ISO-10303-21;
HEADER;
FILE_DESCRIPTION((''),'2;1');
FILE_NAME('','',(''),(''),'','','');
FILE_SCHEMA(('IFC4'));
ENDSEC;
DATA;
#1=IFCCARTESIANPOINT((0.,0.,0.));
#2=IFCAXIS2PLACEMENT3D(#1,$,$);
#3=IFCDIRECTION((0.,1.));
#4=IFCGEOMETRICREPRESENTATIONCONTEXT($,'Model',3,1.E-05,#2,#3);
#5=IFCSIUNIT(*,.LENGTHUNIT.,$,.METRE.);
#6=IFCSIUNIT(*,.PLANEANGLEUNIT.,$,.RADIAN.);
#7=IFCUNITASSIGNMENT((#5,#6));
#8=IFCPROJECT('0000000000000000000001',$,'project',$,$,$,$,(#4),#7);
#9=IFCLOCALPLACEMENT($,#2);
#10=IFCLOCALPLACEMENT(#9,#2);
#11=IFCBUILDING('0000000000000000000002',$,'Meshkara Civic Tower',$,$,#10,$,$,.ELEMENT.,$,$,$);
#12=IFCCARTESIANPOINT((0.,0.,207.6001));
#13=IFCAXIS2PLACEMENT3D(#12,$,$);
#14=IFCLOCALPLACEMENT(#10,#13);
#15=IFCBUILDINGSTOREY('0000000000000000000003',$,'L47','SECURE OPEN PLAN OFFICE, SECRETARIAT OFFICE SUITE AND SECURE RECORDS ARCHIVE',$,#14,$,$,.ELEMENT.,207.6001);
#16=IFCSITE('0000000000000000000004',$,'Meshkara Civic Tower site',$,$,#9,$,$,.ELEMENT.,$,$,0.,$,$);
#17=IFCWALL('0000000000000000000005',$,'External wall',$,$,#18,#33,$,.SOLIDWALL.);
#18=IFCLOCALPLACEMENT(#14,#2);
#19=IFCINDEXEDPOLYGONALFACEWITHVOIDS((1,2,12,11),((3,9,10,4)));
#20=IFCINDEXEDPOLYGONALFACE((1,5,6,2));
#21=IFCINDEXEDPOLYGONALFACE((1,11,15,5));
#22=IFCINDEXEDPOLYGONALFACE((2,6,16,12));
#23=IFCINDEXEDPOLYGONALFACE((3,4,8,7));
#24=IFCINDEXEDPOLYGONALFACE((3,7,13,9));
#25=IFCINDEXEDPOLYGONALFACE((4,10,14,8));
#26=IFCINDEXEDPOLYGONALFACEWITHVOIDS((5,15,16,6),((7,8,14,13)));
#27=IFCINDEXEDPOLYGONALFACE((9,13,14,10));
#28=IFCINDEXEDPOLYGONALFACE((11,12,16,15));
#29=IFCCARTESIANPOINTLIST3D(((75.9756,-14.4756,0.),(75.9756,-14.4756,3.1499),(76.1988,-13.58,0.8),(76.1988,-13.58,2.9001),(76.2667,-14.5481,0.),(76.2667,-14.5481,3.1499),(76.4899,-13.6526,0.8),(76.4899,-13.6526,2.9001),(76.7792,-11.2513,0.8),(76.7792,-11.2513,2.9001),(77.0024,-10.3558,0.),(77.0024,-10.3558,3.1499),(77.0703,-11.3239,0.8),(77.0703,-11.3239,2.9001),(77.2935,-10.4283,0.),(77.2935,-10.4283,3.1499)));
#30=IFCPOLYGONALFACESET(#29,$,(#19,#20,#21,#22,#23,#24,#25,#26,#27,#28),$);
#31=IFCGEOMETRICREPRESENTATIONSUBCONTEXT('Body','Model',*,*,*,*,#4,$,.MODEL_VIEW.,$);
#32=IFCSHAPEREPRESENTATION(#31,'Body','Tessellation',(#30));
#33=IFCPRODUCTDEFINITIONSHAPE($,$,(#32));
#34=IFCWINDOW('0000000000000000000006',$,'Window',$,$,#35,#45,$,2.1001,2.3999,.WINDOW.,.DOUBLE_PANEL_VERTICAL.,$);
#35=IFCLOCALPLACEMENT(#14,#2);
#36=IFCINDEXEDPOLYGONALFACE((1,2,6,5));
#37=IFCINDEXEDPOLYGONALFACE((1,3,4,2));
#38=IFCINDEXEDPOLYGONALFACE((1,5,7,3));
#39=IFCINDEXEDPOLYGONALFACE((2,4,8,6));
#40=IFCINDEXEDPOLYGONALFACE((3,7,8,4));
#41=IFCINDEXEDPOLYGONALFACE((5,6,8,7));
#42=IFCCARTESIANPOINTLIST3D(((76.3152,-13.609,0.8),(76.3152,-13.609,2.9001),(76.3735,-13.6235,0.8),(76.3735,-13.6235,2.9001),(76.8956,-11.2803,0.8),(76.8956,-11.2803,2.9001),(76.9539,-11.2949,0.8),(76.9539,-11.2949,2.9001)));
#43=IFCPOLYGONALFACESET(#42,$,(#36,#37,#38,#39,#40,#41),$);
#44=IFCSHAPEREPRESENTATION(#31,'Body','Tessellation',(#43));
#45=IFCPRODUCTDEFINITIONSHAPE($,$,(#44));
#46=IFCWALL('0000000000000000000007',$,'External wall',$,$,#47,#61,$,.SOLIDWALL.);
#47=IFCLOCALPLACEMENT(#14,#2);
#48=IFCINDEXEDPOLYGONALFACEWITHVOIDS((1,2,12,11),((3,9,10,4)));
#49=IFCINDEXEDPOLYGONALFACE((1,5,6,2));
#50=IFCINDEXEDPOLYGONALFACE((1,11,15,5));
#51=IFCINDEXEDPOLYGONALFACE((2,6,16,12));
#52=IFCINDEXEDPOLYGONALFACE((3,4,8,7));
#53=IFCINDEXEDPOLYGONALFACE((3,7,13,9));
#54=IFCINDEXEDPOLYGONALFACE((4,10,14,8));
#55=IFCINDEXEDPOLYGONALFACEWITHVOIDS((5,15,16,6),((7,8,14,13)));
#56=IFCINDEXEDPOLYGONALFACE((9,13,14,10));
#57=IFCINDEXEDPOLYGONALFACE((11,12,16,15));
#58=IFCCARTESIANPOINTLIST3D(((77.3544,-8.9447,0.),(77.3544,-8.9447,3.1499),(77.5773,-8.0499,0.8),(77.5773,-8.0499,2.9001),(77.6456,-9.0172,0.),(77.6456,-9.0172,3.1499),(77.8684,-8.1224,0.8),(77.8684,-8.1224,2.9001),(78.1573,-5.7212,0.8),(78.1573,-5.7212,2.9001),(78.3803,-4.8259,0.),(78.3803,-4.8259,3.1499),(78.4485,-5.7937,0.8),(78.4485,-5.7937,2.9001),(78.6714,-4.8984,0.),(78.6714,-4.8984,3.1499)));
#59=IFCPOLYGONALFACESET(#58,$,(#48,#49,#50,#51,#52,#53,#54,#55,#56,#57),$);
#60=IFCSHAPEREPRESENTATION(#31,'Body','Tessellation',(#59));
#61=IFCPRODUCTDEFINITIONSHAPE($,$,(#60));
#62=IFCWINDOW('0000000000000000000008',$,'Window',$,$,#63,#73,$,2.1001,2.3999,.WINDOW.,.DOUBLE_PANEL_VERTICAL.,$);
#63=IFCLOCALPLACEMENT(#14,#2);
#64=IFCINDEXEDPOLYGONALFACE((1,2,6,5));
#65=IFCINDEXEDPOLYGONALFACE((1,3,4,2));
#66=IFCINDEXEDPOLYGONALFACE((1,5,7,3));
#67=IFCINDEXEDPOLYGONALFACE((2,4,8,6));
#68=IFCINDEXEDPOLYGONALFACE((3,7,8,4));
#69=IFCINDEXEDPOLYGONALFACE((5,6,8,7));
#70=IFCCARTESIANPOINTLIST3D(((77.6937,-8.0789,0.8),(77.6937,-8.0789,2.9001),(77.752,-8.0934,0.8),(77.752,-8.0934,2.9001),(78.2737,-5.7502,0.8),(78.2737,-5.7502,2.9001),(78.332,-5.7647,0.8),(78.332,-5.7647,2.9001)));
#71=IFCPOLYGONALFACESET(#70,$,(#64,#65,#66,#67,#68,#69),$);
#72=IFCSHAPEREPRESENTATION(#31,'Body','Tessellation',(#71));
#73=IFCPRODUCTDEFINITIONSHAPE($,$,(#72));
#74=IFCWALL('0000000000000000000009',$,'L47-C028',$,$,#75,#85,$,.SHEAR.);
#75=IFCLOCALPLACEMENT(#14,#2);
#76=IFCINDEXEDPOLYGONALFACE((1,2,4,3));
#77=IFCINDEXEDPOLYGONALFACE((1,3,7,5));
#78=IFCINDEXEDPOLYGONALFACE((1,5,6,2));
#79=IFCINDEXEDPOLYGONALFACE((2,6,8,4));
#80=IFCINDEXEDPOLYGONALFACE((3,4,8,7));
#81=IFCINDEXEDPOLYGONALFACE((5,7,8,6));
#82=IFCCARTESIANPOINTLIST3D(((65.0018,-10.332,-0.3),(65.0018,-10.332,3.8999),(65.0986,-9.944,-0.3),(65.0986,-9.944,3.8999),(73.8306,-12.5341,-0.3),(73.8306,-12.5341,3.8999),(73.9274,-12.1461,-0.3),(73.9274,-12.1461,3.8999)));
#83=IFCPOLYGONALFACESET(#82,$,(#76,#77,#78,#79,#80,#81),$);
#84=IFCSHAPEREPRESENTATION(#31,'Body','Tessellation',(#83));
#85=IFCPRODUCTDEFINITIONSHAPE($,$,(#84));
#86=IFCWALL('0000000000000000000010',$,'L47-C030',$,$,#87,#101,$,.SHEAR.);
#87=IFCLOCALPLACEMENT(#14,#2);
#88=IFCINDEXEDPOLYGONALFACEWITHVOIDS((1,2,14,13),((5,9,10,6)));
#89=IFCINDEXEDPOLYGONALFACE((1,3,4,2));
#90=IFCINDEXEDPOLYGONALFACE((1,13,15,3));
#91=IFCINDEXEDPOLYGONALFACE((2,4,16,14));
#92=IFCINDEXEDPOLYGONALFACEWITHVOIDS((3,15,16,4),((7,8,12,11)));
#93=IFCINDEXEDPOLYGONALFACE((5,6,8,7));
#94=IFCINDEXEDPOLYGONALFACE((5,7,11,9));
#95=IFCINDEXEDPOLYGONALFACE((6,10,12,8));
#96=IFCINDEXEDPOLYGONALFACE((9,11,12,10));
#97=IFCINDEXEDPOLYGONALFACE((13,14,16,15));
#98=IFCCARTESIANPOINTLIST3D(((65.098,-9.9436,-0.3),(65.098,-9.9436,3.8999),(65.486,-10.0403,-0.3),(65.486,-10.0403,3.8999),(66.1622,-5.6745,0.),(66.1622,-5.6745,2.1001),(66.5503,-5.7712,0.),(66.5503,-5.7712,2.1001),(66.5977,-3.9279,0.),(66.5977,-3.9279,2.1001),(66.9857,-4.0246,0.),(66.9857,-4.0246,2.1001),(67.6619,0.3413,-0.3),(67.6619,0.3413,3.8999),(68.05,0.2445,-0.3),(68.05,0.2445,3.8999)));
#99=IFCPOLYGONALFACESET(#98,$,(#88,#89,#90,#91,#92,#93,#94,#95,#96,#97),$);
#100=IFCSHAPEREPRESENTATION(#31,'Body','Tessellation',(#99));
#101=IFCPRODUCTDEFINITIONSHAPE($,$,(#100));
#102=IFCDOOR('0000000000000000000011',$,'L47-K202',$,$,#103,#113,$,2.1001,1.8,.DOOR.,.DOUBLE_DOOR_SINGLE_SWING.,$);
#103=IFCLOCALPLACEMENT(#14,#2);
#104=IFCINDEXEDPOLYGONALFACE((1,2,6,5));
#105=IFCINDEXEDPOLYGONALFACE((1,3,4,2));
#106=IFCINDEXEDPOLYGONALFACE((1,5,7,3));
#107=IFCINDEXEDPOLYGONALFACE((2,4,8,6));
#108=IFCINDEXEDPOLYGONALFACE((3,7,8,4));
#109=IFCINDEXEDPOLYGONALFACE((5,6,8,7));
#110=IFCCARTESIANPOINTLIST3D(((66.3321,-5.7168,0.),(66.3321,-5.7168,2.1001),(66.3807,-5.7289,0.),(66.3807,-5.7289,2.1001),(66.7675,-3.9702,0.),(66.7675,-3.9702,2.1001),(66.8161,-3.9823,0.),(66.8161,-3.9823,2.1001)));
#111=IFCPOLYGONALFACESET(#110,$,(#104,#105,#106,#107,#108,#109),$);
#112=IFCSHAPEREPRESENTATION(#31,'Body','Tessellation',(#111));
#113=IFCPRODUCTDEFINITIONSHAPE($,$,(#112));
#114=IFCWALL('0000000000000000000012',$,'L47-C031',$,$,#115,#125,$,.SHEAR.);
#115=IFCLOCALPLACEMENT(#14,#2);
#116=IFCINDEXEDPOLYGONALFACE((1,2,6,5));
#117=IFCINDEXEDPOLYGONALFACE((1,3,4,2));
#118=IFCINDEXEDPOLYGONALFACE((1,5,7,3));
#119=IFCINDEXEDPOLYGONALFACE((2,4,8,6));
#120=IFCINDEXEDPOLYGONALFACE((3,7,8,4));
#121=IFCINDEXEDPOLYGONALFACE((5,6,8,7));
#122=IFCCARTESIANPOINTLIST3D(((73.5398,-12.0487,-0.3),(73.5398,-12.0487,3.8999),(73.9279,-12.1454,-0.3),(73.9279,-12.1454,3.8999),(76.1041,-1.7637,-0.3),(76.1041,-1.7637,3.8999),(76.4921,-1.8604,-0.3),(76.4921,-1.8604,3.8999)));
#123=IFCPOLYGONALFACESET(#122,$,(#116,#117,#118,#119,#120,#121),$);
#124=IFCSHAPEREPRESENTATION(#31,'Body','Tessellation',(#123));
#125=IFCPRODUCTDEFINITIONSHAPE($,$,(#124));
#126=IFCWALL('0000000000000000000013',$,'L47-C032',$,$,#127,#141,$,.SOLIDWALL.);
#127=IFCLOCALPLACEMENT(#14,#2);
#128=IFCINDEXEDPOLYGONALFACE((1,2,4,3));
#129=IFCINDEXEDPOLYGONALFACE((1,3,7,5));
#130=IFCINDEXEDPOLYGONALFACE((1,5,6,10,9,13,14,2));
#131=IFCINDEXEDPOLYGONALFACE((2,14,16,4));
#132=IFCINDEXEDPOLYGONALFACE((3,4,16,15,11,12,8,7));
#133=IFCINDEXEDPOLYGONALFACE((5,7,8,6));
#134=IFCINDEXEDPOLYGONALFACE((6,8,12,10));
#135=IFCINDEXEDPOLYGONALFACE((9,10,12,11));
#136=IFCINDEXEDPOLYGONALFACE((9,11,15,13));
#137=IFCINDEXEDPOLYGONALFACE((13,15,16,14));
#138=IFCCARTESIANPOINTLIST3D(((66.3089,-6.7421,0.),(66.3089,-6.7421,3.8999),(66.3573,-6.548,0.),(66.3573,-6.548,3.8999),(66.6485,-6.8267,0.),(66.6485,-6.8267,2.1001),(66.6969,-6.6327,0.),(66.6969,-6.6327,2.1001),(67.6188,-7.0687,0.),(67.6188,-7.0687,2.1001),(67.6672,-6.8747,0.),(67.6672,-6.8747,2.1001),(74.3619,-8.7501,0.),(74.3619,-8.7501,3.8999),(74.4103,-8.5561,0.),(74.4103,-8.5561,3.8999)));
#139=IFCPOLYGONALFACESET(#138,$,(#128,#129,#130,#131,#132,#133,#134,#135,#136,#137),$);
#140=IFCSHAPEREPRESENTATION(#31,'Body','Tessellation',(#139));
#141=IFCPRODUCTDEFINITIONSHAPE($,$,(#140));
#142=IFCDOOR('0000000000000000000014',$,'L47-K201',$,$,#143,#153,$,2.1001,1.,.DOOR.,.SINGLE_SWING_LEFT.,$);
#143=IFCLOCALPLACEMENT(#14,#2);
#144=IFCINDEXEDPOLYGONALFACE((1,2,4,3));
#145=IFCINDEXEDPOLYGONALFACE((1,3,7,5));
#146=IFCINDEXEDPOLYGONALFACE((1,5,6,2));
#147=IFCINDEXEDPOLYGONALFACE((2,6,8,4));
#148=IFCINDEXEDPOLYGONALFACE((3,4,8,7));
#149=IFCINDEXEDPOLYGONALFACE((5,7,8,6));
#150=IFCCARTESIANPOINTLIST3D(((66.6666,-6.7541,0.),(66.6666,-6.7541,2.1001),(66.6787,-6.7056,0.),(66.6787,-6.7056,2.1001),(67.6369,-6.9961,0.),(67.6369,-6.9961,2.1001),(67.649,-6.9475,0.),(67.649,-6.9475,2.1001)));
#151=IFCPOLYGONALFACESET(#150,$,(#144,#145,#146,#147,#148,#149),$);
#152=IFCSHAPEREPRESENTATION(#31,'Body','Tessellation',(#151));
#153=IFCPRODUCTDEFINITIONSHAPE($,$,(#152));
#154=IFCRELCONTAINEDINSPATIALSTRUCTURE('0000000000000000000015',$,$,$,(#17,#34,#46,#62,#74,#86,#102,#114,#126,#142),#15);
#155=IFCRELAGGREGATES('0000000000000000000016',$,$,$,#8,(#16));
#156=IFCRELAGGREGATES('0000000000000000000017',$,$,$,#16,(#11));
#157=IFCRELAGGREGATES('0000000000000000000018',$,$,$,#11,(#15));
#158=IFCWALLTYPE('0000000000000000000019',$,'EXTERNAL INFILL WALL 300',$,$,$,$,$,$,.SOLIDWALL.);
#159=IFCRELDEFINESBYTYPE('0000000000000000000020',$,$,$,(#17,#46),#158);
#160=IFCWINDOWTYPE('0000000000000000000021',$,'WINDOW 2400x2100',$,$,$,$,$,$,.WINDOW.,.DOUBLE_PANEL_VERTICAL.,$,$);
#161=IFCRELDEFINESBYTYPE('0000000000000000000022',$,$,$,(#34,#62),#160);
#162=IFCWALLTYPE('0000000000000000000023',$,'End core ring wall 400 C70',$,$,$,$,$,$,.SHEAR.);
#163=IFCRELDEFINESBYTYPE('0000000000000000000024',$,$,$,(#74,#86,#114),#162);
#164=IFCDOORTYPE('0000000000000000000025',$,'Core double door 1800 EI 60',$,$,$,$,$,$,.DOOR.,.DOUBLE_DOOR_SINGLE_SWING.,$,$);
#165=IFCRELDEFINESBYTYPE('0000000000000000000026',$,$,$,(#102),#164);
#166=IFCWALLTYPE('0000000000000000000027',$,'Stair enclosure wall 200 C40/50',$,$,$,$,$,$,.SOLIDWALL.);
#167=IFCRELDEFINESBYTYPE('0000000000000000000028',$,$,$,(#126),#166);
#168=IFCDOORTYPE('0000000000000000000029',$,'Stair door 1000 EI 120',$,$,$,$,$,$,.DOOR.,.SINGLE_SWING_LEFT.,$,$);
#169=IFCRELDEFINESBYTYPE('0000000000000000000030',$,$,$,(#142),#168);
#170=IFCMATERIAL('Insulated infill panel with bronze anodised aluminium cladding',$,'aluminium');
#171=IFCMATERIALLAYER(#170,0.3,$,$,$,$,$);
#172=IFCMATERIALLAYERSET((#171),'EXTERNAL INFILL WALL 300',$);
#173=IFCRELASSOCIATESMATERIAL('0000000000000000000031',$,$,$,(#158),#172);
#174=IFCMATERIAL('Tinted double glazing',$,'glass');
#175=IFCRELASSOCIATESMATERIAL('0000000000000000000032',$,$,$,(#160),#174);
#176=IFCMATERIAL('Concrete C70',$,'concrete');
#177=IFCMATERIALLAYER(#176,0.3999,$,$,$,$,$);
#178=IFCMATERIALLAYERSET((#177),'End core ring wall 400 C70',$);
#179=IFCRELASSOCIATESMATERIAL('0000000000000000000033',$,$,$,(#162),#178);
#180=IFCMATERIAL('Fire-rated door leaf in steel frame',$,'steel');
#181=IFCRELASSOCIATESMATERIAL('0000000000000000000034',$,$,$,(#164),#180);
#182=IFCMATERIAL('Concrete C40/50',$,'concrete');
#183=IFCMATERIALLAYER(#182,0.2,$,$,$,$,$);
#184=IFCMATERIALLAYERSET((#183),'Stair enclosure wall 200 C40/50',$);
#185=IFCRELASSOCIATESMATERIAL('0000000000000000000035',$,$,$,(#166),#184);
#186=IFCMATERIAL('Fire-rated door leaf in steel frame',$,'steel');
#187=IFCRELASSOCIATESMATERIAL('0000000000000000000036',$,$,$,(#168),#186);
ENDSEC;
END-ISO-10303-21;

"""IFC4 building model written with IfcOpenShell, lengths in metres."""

from ifc_helpers import new_model, si_unit, direction, frame, frame_2d, origin, place, context, subcontext, project, spatial, rectangle, extrude, material, layer, layer_set, type_object, element, fill, save


model = new_model("IFC4")

# Units and contexts
model_context = context("Model", 3, precision=1e-05, world=origin(), true_north=direction((0.0, 1.0)))
body_context = subcontext(model_context, "Body", "Model", "MODEL_VIEW")
ifc_project = project(units=[si_unit("LENGTHUNIT", "METRE"), si_unit("PLANEANGLEUNIT", "RADIAN")], contexts=[model_context])

# Site, building, storey
site_placement = place(None, origin())
site = spatial("IfcSite", under=ifc_project, at=site_placement, Name="Meshkara Civic Tower site", CompositionType="ELEMENT", RefElevation=0.0)
building_placement = place(site_placement, origin())
building = spatial("IfcBuilding", under=site, at=building_placement, Name="Meshkara Civic Tower", CompositionType="ELEMENT")
storey_placement = place(building_placement, frame((0.0, 0.0, 207.6001)))
storey = spatial("IfcBuildingStorey", under=building, at=storey_placement, Name="L47", Description="SECURE OPEN PLAN OFFICE, SECRETARIAT OFFICE SUITE AND SECURE RECORDS ARCHIVE", CompositionType="ELEMENT", Elevation=207.6001)

# Walls, openings, windows
ifc_material_1 = material(Name="Insulated infill panel with bronze anodised aluminium cladding", Category="aluminium")
ifc_layer_1 = layer(ifc_material_1, 0.3)
ifc_layer_set_1 = layer_set([ifc_layer_1], Name="EXTERNAL INFILL WALL 300")
wall_type_1 = type_object("IfcWallType", Name="EXTERNAL INFILL WALL 300", PredefinedType="SOLIDWALL", material=ifc_layer_set_1)
ifc_material_2 = material(Name="Tinted double glazing", Category="glass")
window_type_1 = type_object("IfcWindowType", Name="WINDOW 2400x2100", PartitioningType="DOUBLE_PANEL_VERTICAL", PredefinedType="WINDOW", material=ifc_material_2)
wall_1_placement = place(storey_placement, frame((76.1211, -14.512, 0.0), z_axis=(0.0, 0.0, 1.0), x_axis=(0.241846, 0.970315, 0.0)))
wall_1 = element("IfcWall", 1, at=wall_1_placement, inside=storey, type_object=wall_type_1, Name="External wall", PredefinedType="SOLIDWALL", context=body_context, shape_type="SweptSolid", body=[
    extrude(rectangle(XDim=4.2458, YDim=0.3, at=frame_2d((2.123, 0.0))), origin(), (0.0, 0.0, 1.0), 3.1499),
])
opening_1_placement = place(wall_1_placement, frame((0.9231, 0.0, 0.8)))
opening_1 = element("IfcOpeningElement", 2, at=opening_1_placement, cuts=wall_1, PredefinedType="OPENING", context=body_context, shape_type="SweptSolid", body=[
    extrude(rectangle(XDim=2.3999, YDim=2.1001, at=frame_2d((1.2, 1.05))), frame((0.0, 0.1599, 0.0), z_axis=(0.0, -1.0, 0.0), x_axis=(1.0, 0.0, 0.0)), (0.0, 0.0, 1.0), 0.3201),
])
window_1_placement = place(opening_1_placement, origin())
window_1 = element("IfcWindow", 3, at=window_1_placement, inside=storey, type_object=window_type_1, Name="Window", OverallHeight=2.1001, OverallWidth=2.3999, PartitioningType="DOUBLE_PANEL_VERTICAL", PredefinedType="WINDOW", context=body_context, shape_type="SweptSolid", body=[
    extrude(rectangle(XDim=2.3999, YDim=2.1001, at=frame_2d((1.2, 1.05))), frame((0.0, 0.03, 0.0), z_axis=(0.0, -1.0, 0.0), x_axis=(1.0, 0.0, 0.0)), (0.0, 0.0, 1.0), 0.0601),
])
fill(opening_1, window_1)
wall_2_placement = place(storey_placement, frame((77.5, -8.981, 0.0), z_axis=(0.0, 0.0, 1.0), x_axis=(0.241683, 0.970355, 0.0)))
wall_2 = element("IfcWall", 4, at=wall_2_placement, inside=storey, type_object=wall_type_1, Name="External wall", PredefinedType="SOLIDWALL", context=body_context, shape_type="SweptSolid", body=[
    extrude(rectangle(XDim=4.2446, YDim=0.3, at=frame_2d((2.1223, 0.0))), origin(), (0.0, 0.0, 1.0), 3.1499),
])
opening_2_placement = place(wall_2_placement, frame((0.9221, 0.0, 0.8)))
opening_2 = element("IfcOpeningElement", 5, at=opening_2_placement, cuts=wall_2, PredefinedType="OPENING", context=body_context, shape_type="SweptSolid", body=[
    extrude(rectangle(XDim=2.3999, YDim=2.1001, at=frame_2d((1.2, 1.05))), frame((0.0, 0.1599, 0.0), z_axis=(0.0, -1.0, 0.0), x_axis=(1.0, 0.0, 0.0)), (0.0, 0.0, 1.0), 0.3201),
])
window_2_placement = place(opening_2_placement, origin())
window_2 = element("IfcWindow", 6, at=window_2_placement, inside=storey, type_object=window_type_1, Name="Window", OverallHeight=2.1001, OverallWidth=2.3999, PartitioningType="DOUBLE_PANEL_VERTICAL", PredefinedType="WINDOW", context=body_context, shape_type="SweptSolid", body=[
    extrude(rectangle(XDim=2.3999, YDim=2.1001, at=frame_2d((1.2, 1.05))), frame((0.0, 0.03, 0.0), z_axis=(0.0, -1.0, 0.0), x_axis=(1.0, 0.0, 0.0)), (0.0, 0.0, 1.0), 0.0601),
])
fill(opening_2, window_2)

# Wall
ifc_material_3 = material(Name="Concrete C70", Category="concrete")
ifc_layer_2 = layer(ifc_material_3, 0.3999)
ifc_layer_set_2 = layer_set([ifc_layer_2], Name="End core ring wall 400 C70")
wall_type_2 = type_object("IfcWallType", Name="End core ring wall 400 C70", PredefinedType="SHEAR", material=ifc_layer_set_2)
wall_3_placement = place(storey_placement, frame((65.05, -10.1379, -0.3), z_axis=(0.0, 0.0, 1.0), x_axis=(0.970273, -0.242012, 0.0)))
element("IfcWall", 7, at=wall_3_placement, inside=storey, type_object=wall_type_2, Name="L47-C028", PredefinedType="SHEAR", context=body_context, shape_type="SweptSolid", body=[
    extrude(rectangle(XDim=9.0994, YDim=0.3999, at=frame_2d((4.5498, 0.0))), origin(), (0.0, 0.0, 1.0), 4.2),
])

# Wall, opening, door
wall_4_placement = place(storey_placement, frame((65.292, -9.9919, -0.3), z_axis=(0.0, 0.0, 1.0), x_axis=(0.241891, 0.970304, 0.0)))
wall_4 = element("IfcWall", 8, at=wall_4_placement, inside=storey, type_object=wall_type_2, Name="L47-C030", PredefinedType="SHEAR", context=body_context, shape_type="SweptSolid", body=[
    extrude(rectangle(XDim=10.5996, YDim=0.3999, at=frame_2d((5.2998, 0.0))), origin(), (0.0, 0.0, 1.0), 4.2),
])
opening_3_placement = place(wall_4_placement, frame((4.3999, 0.0, 0.3)))
opening_3 = element("IfcOpeningElement", 9, at=opening_3_placement, cuts=wall_4, PredefinedType="OPENING", context=body_context, shape_type="SweptSolid", body=[
    extrude(rectangle(XDim=1.8, YDim=2.1001, at=frame_2d((0.8999, 1.05))), frame((0.0, 0.21, 0.0), z_axis=(0.0, -1.0, 0.0), x_axis=(1.0, 0.0, 0.0)), (0.0, 0.0, 1.0), 0.4199),
])
ifc_material_4 = material(Name="Fire-rated door leaf in steel frame", Category="steel")
door_type_1 = type_object("IfcDoorType", Name="Core double door 1800 EI 60", OperationType="DOUBLE_DOOR_SINGLE_SWING", PredefinedType="DOOR", material=ifc_material_4)
door_1_placement = place(opening_3_placement, origin())
door_1 = element("IfcDoor", 10, at=door_1_placement, inside=storey, type_object=door_type_1, Name="L47-K202", OperationType="DOUBLE_DOOR_SINGLE_SWING", OverallHeight=2.1001, OverallWidth=1.8, PredefinedType="DOOR", context=body_context, shape_type="SweptSolid", body=[
    extrude(rectangle(XDim=1.8, YDim=2.1001, at=frame_2d((0.8999, 1.05))), frame((0.0, 0.0249, 0.0), z_axis=(0.0, -1.0, 0.0), x_axis=(1.0, 0.0, 0.0)), (0.0, 0.0, 1.0), 0.05),
])
fill(opening_3, door_1)

# Wall
wall_5_placement = place(storey_placement, frame((73.7339, -12.0969, -0.3), z_axis=(0.0, 0.0, 1.0), x_axis=(0.241912, 0.970298, 0.0)))
element("IfcWall", 11, at=wall_5_placement, inside=storey, type_object=wall_type_2, Name="L47-C031", PredefinedType="SHEAR", context=body_context, shape_type="SweptSolid", body=[
    extrude(rectangle(XDim=10.5999, YDim=0.3999, at=frame_2d((5.2998, 0.0))), origin(), (0.0, 0.0, 1.0), 4.2),
])

# Wall, opening, door
ifc_material_5 = material(Name="Concrete C40/50", Category="concrete")
ifc_layer_3 = layer(ifc_material_5, 0.2)
ifc_layer_set_3 = layer_set([ifc_layer_3], Name="Stair enclosure wall 200 C40/50")
wall_type_3 = type_object("IfcWallType", Name="Stair enclosure wall 200 C40/50", PredefinedType="SOLIDWALL", material=ifc_layer_set_3)
wall_6_placement = place(storey_placement, frame((66.333, -6.645, 0.0), z_axis=(0.0, 0.0, 1.0), x_axis=(0.970289, -0.241947, 0.0)))
wall_6 = element("IfcWall", 12, at=wall_6_placement, inside=storey, type_object=wall_type_3, Name="L47-C032", PredefinedType="SOLIDWALL", context=body_context, shape_type="SweptSolid", body=[
    extrude(rectangle(XDim=8.2996, YDim=0.2, at=frame_2d((4.1499, 0.0))), origin(), (0.0, 0.0, 1.0), 3.8999),
])
opening_4_placement = place(wall_6_placement, frame((0.3501, 0.0, 0.0)))
opening_4 = element("IfcOpeningElement", 13, at=opening_4_placement, cuts=wall_6, PredefinedType="OPENING", context=body_context, shape_type="SweptSolid", body=[
    extrude(rectangle(XDim=1.0, YDim=2.1001, at=frame_2d((0.5, 1.05))), frame((0.0, 0.1099, 0.0), z_axis=(0.0, -1.0, 0.0), x_axis=(1.0, 0.0, 0.0)), (0.0, 0.0, 1.0), 0.22),
])
ifc_material_6 = material(Name="Fire-rated door leaf in steel frame", Category="steel")
door_type_2 = type_object("IfcDoorType", Name="Stair door 1000 EI 120", OperationType="SINGLE_SWING_LEFT", PredefinedType="DOOR", material=ifc_material_6)
door_2_placement = place(opening_4_placement, origin())
door_2 = element("IfcDoor", 14, at=door_2_placement, inside=storey, type_object=door_type_2, Name="L47-K201", OperationType="SINGLE_SWING_LEFT", OverallHeight=2.1001, OverallWidth=1.0, PredefinedType="DOOR", context=body_context, shape_type="SweptSolid", body=[
    extrude(rectangle(XDim=1.0, YDim=2.1001, at=frame_2d((0.5, 1.05))), frame((0.0, 0.0249, 0.0), z_axis=(0.0, -1.0, 0.0), x_axis=(1.0, 0.0, 0.0)), (0.0, 0.0, 1.0), 0.05),
])
fill(opening_4, door_2)

save(model, "model.ifc")
